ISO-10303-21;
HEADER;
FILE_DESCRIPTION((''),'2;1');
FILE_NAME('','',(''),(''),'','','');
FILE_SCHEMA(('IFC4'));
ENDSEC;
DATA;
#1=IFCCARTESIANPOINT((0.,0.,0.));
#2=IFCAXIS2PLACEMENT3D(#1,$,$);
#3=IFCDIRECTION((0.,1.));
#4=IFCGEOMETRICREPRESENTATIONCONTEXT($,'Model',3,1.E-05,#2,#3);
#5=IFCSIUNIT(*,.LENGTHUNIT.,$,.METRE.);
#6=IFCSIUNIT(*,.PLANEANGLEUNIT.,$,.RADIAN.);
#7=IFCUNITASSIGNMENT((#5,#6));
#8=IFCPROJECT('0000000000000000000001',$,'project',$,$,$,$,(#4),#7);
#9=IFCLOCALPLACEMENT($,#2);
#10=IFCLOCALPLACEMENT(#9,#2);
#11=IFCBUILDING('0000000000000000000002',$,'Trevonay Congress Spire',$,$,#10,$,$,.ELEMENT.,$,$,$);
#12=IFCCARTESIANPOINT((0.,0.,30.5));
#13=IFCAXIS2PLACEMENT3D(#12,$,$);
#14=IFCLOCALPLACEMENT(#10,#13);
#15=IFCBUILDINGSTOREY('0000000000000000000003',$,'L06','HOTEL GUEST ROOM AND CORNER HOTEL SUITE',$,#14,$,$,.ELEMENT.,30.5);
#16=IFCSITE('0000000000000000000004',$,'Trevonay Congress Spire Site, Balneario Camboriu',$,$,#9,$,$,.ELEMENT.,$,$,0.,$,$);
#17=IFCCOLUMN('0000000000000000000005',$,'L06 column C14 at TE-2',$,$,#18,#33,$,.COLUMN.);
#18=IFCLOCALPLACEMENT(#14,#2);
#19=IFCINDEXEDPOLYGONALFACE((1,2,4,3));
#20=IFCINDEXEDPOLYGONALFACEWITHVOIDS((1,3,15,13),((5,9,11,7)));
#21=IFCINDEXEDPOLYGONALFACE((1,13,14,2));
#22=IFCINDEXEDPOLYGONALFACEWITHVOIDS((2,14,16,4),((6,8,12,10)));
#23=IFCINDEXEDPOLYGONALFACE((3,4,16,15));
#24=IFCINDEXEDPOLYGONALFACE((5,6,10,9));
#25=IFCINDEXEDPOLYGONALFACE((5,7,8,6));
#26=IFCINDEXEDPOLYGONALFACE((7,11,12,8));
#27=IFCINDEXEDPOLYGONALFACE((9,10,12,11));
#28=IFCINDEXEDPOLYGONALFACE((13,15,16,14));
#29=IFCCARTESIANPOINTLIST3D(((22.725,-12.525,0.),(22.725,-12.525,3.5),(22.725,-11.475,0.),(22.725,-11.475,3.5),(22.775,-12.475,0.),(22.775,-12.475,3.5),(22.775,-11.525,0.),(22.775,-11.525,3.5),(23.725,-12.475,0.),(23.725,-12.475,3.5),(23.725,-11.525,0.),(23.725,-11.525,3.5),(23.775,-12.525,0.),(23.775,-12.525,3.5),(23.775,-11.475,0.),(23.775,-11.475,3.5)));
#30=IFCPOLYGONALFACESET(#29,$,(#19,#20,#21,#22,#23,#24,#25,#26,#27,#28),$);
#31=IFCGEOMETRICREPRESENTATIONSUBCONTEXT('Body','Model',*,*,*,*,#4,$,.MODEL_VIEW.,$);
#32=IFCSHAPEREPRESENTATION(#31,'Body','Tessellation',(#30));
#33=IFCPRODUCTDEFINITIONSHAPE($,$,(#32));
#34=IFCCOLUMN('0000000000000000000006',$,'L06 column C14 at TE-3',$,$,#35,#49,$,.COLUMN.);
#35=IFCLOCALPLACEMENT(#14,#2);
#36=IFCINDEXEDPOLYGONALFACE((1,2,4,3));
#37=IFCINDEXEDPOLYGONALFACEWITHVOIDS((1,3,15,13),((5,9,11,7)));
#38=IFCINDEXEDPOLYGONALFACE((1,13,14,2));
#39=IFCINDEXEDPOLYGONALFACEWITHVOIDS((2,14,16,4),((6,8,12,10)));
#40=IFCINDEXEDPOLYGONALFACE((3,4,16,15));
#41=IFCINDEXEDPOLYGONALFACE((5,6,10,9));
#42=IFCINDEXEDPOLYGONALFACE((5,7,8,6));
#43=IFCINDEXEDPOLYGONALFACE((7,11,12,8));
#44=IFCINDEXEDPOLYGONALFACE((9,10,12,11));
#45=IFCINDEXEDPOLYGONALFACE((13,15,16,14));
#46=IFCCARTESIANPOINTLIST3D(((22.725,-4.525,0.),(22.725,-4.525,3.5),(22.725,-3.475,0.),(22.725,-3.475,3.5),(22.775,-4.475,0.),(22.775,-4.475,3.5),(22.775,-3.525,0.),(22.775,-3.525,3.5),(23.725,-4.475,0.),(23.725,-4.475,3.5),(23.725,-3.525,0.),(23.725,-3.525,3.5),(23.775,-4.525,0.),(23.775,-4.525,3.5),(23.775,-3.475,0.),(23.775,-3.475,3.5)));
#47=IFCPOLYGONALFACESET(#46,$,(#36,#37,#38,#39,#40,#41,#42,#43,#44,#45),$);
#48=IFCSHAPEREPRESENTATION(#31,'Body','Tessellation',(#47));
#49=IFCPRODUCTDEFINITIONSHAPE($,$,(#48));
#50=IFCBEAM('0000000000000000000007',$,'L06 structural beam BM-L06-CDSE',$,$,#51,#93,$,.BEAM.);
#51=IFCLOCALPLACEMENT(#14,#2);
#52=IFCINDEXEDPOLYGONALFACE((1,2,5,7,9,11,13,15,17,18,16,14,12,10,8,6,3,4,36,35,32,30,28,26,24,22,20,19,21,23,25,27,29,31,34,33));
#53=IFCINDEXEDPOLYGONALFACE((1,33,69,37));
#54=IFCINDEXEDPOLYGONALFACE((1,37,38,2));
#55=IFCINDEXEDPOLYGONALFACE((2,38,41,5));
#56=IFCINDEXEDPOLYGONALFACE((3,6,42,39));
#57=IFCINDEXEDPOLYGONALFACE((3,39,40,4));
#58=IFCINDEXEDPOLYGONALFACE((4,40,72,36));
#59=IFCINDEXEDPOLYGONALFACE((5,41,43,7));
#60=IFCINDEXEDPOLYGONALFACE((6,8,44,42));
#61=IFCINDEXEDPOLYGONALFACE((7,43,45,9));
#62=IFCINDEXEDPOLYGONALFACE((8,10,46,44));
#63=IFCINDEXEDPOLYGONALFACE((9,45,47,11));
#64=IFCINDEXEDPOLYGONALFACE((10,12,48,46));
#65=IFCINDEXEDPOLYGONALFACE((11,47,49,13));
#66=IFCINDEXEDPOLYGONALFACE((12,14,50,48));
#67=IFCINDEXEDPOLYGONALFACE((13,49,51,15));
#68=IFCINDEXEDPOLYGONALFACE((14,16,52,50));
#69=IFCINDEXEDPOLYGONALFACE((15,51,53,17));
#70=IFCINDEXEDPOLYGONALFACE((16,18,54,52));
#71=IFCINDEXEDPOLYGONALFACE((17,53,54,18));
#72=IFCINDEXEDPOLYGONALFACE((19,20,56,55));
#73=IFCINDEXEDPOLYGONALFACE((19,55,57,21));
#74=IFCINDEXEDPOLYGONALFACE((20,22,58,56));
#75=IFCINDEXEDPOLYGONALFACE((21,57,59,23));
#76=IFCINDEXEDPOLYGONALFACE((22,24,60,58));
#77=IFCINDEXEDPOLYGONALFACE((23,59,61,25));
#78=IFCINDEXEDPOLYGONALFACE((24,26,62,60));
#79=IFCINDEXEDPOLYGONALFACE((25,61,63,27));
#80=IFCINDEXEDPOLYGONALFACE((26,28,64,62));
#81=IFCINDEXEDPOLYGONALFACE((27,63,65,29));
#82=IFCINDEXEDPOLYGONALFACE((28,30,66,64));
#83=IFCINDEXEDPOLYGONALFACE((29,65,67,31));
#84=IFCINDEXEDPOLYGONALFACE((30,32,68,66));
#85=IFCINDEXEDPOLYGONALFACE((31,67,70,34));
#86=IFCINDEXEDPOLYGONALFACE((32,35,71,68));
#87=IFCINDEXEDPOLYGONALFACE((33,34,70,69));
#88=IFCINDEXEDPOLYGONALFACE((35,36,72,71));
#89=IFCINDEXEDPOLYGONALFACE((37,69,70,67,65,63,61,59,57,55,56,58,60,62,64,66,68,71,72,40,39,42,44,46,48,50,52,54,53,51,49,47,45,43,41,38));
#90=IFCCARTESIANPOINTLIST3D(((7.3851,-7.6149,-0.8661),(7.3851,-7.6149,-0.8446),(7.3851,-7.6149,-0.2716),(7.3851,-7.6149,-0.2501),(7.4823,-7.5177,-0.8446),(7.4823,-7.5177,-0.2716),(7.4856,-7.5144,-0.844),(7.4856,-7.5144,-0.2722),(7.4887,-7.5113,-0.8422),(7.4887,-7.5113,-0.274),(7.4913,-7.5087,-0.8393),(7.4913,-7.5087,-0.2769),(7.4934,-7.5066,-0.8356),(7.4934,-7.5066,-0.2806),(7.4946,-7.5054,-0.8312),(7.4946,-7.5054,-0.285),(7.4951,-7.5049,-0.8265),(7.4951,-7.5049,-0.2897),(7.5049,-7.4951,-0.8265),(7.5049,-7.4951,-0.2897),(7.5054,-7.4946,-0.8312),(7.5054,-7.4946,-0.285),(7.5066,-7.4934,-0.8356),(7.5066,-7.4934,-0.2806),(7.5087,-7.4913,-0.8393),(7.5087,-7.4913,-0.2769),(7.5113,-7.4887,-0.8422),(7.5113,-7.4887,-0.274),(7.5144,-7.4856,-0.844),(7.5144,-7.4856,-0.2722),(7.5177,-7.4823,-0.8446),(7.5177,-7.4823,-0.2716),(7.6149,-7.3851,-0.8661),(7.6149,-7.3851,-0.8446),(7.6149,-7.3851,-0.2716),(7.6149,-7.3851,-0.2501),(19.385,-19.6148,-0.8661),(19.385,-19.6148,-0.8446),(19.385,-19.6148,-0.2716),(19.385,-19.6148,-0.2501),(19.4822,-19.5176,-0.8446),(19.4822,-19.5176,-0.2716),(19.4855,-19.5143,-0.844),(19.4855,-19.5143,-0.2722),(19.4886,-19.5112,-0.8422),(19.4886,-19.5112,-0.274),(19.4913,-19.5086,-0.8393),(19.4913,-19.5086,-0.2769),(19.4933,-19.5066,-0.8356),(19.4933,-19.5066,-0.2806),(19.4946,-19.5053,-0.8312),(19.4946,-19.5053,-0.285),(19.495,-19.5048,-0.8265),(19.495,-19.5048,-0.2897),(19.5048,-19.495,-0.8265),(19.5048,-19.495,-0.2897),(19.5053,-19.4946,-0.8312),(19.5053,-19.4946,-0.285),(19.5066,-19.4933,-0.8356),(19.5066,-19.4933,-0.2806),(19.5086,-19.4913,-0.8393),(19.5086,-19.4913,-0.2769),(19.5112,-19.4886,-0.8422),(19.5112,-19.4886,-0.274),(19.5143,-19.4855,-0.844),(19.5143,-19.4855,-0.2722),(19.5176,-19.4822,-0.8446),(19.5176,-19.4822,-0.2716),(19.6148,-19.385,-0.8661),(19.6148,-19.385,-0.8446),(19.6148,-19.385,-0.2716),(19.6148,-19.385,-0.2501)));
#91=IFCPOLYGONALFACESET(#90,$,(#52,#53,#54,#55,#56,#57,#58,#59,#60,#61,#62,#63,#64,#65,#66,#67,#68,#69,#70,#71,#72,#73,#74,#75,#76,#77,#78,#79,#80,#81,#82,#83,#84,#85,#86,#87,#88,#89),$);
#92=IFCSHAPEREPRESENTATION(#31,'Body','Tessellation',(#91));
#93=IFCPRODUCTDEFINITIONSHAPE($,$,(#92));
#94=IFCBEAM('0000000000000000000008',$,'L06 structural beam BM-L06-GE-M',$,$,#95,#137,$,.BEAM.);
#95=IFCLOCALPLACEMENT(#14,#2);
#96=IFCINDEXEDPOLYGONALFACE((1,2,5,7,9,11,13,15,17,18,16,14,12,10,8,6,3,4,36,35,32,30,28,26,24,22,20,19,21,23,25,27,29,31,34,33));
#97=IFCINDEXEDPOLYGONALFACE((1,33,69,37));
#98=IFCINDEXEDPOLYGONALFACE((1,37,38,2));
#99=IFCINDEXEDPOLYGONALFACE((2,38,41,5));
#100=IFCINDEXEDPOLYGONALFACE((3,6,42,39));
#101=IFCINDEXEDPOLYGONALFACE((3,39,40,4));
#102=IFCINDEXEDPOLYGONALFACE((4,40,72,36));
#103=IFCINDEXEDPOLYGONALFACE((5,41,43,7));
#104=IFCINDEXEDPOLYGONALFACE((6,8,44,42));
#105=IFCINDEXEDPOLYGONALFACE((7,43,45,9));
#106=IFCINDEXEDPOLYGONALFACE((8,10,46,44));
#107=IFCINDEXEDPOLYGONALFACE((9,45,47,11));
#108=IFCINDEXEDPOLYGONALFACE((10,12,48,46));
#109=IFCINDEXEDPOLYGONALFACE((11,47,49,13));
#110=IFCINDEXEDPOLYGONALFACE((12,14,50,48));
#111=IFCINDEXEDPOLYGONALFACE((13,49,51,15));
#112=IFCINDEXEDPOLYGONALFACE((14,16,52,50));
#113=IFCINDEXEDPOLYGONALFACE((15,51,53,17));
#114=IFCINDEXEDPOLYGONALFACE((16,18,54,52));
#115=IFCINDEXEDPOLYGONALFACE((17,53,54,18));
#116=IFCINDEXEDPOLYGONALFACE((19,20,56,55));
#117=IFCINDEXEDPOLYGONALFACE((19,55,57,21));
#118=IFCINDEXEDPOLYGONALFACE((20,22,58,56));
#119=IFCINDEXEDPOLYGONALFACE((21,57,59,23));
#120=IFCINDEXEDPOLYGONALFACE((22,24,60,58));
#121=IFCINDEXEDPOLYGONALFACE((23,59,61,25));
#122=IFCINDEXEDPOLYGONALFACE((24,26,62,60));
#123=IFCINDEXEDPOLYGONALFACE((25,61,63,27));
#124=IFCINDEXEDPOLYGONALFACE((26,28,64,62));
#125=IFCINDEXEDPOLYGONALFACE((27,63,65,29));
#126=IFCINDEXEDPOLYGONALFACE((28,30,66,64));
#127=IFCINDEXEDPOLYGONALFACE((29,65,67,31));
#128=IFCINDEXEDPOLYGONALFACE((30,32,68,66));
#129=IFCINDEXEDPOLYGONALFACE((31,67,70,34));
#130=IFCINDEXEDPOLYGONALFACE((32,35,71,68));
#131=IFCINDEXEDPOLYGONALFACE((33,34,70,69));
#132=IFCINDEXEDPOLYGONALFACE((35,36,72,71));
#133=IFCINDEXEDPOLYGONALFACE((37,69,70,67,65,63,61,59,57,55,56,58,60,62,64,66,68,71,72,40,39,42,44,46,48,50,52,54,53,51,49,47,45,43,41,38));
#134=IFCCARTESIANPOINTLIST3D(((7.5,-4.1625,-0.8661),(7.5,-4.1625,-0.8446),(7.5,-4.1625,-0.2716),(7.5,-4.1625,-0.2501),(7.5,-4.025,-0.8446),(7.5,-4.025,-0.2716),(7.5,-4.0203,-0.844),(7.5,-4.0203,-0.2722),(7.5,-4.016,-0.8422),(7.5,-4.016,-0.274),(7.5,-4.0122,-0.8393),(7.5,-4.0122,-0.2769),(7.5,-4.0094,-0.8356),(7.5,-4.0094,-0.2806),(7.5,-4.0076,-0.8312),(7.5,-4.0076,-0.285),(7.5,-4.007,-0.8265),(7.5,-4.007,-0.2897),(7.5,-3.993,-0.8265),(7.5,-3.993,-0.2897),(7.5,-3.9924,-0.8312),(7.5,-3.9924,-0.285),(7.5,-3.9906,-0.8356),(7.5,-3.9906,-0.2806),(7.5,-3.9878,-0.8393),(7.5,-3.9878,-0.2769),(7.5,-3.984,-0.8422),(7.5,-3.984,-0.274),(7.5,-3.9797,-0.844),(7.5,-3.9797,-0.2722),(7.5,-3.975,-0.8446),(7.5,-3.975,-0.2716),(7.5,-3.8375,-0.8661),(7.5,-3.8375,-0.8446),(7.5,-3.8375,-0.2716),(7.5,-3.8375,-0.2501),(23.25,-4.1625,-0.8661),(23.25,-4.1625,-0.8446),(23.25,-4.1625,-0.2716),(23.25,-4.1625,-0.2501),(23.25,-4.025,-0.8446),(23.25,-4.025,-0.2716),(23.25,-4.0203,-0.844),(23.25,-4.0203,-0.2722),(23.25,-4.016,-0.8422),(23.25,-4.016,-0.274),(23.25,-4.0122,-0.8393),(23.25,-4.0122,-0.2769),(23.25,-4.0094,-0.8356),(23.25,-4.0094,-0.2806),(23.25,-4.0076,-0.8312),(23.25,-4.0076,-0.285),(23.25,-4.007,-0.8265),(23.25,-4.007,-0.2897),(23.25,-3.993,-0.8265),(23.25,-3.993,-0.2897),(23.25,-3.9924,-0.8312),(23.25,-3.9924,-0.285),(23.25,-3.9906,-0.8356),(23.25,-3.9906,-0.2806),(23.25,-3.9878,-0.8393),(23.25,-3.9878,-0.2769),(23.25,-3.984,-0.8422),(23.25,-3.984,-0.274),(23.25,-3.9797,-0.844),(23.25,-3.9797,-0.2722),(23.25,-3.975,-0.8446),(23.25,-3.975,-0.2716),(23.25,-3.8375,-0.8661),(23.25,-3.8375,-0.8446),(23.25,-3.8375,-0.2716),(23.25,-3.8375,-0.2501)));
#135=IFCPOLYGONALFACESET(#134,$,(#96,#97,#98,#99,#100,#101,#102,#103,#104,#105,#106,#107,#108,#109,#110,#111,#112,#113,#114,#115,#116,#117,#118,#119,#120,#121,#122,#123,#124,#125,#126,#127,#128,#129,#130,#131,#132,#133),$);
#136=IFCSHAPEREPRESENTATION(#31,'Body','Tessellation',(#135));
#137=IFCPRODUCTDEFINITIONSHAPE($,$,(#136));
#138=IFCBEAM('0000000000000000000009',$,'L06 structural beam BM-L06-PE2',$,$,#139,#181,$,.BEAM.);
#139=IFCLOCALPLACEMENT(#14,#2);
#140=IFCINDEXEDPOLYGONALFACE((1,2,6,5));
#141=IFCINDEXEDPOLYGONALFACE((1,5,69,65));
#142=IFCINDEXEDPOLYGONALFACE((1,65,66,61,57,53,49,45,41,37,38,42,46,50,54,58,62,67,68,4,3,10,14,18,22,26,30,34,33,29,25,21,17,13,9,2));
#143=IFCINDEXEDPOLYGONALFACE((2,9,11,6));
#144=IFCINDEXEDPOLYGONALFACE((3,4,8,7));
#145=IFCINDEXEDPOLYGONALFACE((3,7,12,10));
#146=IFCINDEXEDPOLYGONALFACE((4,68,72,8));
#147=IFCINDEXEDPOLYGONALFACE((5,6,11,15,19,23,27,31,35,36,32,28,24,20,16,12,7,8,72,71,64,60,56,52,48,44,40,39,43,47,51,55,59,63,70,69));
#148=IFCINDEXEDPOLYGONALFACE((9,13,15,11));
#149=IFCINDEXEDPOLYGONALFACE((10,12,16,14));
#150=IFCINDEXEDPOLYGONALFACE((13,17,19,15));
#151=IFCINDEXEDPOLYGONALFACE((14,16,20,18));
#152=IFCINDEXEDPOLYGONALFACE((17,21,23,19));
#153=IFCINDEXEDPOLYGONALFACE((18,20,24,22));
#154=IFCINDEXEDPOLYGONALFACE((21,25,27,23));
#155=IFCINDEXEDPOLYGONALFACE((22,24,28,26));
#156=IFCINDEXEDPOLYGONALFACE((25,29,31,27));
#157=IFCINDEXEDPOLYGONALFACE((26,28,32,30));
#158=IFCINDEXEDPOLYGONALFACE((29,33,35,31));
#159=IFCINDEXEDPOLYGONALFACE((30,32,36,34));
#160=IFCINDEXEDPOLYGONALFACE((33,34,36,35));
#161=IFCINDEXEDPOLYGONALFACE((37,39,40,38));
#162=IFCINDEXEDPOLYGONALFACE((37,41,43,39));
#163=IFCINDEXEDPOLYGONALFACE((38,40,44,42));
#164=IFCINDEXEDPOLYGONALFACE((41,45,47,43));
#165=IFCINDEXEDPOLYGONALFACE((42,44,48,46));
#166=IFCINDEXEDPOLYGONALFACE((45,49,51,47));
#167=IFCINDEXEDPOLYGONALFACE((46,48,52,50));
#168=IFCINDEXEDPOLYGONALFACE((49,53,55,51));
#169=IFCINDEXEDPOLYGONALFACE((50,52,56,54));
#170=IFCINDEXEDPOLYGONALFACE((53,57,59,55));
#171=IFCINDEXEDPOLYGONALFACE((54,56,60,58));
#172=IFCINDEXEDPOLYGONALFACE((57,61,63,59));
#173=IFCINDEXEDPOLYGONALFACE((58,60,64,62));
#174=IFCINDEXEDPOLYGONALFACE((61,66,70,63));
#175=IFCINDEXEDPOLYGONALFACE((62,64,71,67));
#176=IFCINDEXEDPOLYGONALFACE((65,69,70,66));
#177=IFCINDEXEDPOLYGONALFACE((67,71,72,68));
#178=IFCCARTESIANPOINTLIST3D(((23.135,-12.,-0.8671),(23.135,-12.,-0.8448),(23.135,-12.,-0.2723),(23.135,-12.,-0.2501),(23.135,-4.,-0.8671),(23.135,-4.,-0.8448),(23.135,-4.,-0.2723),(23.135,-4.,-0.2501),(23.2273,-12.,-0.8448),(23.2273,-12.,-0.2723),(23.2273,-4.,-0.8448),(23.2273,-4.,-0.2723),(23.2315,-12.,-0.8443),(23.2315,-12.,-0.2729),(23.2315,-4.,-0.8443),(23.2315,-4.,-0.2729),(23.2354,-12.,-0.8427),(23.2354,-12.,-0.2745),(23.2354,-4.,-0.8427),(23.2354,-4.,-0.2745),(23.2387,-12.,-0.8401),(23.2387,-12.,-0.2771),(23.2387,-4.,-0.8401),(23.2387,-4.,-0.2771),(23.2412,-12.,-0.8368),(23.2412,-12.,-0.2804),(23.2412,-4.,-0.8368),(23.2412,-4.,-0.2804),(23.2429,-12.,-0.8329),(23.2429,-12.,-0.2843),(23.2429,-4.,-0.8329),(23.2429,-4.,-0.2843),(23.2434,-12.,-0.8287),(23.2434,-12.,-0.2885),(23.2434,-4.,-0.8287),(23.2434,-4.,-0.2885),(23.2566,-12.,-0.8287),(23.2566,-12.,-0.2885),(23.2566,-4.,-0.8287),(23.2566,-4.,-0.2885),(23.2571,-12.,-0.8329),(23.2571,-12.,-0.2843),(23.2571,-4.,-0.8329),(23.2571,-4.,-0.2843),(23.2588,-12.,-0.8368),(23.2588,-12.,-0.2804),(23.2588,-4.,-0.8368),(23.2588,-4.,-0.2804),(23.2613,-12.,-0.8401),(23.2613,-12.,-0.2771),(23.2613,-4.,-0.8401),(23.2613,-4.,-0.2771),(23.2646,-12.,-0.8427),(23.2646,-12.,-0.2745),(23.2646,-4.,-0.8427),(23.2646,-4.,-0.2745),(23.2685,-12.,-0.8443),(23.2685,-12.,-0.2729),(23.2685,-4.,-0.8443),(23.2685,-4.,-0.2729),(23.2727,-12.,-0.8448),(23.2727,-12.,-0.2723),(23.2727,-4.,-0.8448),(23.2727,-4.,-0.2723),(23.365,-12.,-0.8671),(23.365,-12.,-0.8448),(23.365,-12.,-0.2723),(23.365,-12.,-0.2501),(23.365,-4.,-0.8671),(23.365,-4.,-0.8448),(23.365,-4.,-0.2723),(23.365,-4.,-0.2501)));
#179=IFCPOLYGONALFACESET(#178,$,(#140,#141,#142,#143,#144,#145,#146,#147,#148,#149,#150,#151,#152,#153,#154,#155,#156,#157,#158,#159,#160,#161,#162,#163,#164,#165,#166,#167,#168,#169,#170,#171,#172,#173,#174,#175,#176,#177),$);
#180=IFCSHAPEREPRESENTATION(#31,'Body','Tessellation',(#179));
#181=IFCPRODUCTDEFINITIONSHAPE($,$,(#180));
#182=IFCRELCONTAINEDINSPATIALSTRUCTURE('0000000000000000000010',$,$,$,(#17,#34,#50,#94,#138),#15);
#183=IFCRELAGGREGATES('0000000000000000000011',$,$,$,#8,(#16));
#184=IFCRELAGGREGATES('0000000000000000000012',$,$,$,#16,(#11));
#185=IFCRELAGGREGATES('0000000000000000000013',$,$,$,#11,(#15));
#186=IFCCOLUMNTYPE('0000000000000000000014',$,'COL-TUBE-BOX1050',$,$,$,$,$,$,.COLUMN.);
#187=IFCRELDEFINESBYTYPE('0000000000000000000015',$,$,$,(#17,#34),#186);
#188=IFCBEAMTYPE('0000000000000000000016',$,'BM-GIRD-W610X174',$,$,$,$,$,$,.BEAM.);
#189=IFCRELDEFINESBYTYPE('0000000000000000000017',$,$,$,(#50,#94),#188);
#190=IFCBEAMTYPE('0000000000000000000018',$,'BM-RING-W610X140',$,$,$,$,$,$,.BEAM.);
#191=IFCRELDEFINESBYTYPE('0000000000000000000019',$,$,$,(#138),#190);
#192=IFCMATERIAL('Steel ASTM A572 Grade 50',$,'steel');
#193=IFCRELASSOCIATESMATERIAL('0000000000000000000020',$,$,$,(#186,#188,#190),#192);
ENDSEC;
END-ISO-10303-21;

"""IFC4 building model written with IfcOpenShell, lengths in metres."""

from ifc_helpers import new_model, si_unit, direction, frame, origin, origin_2d, place, context, subcontext, project, spatial, hollow_rectangle, i_section, extrude, material, material_profile, profile_set, type_object, element, save


model = new_model("IFC4")

# Units and contexts
model_context = context("Model", 3, precision=1e-05, world=origin(), true_north=direction((0.0, 1.0)))
body_context = subcontext(model_context, "Body", "Model", "MODEL_VIEW")
ifc_project = project(units=[si_unit("LENGTHUNIT", "METRE"), si_unit("PLANEANGLEUNIT", "RADIAN")], contexts=[model_context])

# Site, building, storey
site_placement = place(None, origin())
site = spatial("IfcSite", under=ifc_project, at=site_placement, Name="Trevonay Congress Spire Site, Balneario Camboriu", CompositionType="ELEMENT", RefElevation=0.0)
building_placement = place(site_placement, origin())
building = spatial("IfcBuilding", under=site, at=building_placement, Name="Trevonay Congress Spire", CompositionType="ELEMENT")
storey_placement = place(building_placement, frame((0.0, 0.0, 30.5)))
storey = spatial("IfcBuildingStorey", under=building, at=storey_placement, Name="L06", Description="HOTEL GUEST ROOM AND CORNER HOTEL SUITE", CompositionType="ELEMENT", Elevation=30.5)

# Columns
ifc_material_1 = material(Name="Steel ASTM A572 Grade 50", Category="steel")
ifc_material_profile_1 = material_profile(ifc_material_1, hollow_rectangle(XDim=1.05, YDim=1.05, WallThickness=0.05, at=origin_2d()), Name="BOX 1050x1050x50")
ifc_profile_set_1 = profile_set([ifc_material_profile_1], Name="Steel ASTM A572 Grade 50")
column_type = type_object("IfcColumnType", Name="COL-TUBE-BOX1050", PredefinedType="COLUMN", material=ifc_profile_set_1)
for number, where, z_axis, x_axis, name in (
    (1, (23.25, -12.0, 0.0), (0.0, 0.0, 1.0), (1.0, 0.0, 0.0), "L06 column C14 at TE-2"),
    (2, (23.25, -4.0, 0.0), (0.0, 0.0, 1.0), (1.0, 0.0, 0.0), "L06 column C14 at TE-3"),
):
    element("IfcColumn", number, at=place(storey_placement, frame(where, z_axis=z_axis, x_axis=x_axis)), inside=storey, type_object=column_type, Name=name, PredefinedType="COLUMN", context=body_context, shape_type="SweptSolid", body=[
        extrude(hollow_rectangle(XDim=1.05, YDim=1.05, WallThickness=0.05, at=origin_2d()), origin(), (0.0, 0.0, 1.0), 3.5),
    ])

# Beams
ifc_material_profile_2 = material_profile(ifc_material_1, i_section(OverallWidth=0.325, OverallDepth=0.616, WebThickness=0.0139, FlangeThickness=0.0215, FilletRadius=0.0181, at=origin_2d()), Name="W610x174")
ifc_profile_set_2 = profile_set([ifc_material_profile_2], Name="Steel ASTM A572 Grade 50")
beam_type_1 = type_object("IfcBeamType", Name="BM-GIRD-W610X174", PredefinedType="BEAM", material=ifc_profile_set_2)
beam_1_placement = place(storey_placement, frame((7.5, -7.5, -0.5581), z_axis=(0.707107, -0.707107, 0.0), x_axis=(0.707107, 0.707107, 0.0)))
element("IfcBeam", 3, at=beam_1_placement, inside=storey, type_object=beam_type_1, Name="L06 structural beam BM-L06-CDSE", PredefinedType="BEAM", context=body_context, shape_type="SweptSolid", body=[
    extrude(i_section(OverallWidth=0.325, OverallDepth=0.616, WebThickness=0.0139, FlangeThickness=0.0215, FilletRadius=0.0181, at=origin_2d()), origin(), (0.0, 0.0, 1.0), 16.9705),
])
beam_2_placement = place(storey_placement, frame((7.5, -4.0, -0.5581), z_axis=(1.0, 0.0, 0.0), x_axis=(0.0, 1.0, 0.0)))
element("IfcBeam", 4, at=beam_2_placement, inside=storey, type_object=beam_type_1, Name="L06 structural beam BM-L06-GE-M", PredefinedType="BEAM", context=body_context, shape_type="SweptSolid", body=[
    extrude(i_section(OverallWidth=0.325, OverallDepth=0.616, WebThickness=0.0139, FlangeThickness=0.0215, FilletRadius=0.0181, at=origin_2d()), origin(), (0.0, 0.0, 1.0), 15.75),
])
ifc_material_profile_3 = material_profile(ifc_material_1, i_section(OverallWidth=0.23, OverallDepth=0.6169, WebThickness=0.0132, FlangeThickness=0.0222, FilletRadius=0.0161, at=origin_2d()), Name="W610x140")
ifc_profile_set_3 = profile_set([ifc_material_profile_3], Name="Steel ASTM A572 Grade 50")
beam_type_2 = type_object("IfcBeamType", Name="BM-RING-W610X140", PredefinedType="BEAM", material=ifc_profile_set_3)
for number, where, z_axis, x_axis, name in (
    (5, (23.25, -12.0, -0.5586), (0.0, 1.0, 0.0), (-1.0, 0.0, 0.0), "L06 structural beam BM-L06-PE2"),
):
    element("IfcBeam", number, at=place(storey_placement, frame(where, z_axis=z_axis, x_axis=x_axis)), inside=storey, type_object=beam_type_2, Name=name, PredefinedType="BEAM", context=body_context, shape_type="SweptSolid", body=[
        extrude(i_section(OverallWidth=0.23, OverallDepth=0.6169, WebThickness=0.0132, FlangeThickness=0.0222, FilletRadius=0.0161, at=origin_2d()), origin(), (0.0, 0.0, 1.0), 8.0),
    ])

save(model, "model.ifc")
